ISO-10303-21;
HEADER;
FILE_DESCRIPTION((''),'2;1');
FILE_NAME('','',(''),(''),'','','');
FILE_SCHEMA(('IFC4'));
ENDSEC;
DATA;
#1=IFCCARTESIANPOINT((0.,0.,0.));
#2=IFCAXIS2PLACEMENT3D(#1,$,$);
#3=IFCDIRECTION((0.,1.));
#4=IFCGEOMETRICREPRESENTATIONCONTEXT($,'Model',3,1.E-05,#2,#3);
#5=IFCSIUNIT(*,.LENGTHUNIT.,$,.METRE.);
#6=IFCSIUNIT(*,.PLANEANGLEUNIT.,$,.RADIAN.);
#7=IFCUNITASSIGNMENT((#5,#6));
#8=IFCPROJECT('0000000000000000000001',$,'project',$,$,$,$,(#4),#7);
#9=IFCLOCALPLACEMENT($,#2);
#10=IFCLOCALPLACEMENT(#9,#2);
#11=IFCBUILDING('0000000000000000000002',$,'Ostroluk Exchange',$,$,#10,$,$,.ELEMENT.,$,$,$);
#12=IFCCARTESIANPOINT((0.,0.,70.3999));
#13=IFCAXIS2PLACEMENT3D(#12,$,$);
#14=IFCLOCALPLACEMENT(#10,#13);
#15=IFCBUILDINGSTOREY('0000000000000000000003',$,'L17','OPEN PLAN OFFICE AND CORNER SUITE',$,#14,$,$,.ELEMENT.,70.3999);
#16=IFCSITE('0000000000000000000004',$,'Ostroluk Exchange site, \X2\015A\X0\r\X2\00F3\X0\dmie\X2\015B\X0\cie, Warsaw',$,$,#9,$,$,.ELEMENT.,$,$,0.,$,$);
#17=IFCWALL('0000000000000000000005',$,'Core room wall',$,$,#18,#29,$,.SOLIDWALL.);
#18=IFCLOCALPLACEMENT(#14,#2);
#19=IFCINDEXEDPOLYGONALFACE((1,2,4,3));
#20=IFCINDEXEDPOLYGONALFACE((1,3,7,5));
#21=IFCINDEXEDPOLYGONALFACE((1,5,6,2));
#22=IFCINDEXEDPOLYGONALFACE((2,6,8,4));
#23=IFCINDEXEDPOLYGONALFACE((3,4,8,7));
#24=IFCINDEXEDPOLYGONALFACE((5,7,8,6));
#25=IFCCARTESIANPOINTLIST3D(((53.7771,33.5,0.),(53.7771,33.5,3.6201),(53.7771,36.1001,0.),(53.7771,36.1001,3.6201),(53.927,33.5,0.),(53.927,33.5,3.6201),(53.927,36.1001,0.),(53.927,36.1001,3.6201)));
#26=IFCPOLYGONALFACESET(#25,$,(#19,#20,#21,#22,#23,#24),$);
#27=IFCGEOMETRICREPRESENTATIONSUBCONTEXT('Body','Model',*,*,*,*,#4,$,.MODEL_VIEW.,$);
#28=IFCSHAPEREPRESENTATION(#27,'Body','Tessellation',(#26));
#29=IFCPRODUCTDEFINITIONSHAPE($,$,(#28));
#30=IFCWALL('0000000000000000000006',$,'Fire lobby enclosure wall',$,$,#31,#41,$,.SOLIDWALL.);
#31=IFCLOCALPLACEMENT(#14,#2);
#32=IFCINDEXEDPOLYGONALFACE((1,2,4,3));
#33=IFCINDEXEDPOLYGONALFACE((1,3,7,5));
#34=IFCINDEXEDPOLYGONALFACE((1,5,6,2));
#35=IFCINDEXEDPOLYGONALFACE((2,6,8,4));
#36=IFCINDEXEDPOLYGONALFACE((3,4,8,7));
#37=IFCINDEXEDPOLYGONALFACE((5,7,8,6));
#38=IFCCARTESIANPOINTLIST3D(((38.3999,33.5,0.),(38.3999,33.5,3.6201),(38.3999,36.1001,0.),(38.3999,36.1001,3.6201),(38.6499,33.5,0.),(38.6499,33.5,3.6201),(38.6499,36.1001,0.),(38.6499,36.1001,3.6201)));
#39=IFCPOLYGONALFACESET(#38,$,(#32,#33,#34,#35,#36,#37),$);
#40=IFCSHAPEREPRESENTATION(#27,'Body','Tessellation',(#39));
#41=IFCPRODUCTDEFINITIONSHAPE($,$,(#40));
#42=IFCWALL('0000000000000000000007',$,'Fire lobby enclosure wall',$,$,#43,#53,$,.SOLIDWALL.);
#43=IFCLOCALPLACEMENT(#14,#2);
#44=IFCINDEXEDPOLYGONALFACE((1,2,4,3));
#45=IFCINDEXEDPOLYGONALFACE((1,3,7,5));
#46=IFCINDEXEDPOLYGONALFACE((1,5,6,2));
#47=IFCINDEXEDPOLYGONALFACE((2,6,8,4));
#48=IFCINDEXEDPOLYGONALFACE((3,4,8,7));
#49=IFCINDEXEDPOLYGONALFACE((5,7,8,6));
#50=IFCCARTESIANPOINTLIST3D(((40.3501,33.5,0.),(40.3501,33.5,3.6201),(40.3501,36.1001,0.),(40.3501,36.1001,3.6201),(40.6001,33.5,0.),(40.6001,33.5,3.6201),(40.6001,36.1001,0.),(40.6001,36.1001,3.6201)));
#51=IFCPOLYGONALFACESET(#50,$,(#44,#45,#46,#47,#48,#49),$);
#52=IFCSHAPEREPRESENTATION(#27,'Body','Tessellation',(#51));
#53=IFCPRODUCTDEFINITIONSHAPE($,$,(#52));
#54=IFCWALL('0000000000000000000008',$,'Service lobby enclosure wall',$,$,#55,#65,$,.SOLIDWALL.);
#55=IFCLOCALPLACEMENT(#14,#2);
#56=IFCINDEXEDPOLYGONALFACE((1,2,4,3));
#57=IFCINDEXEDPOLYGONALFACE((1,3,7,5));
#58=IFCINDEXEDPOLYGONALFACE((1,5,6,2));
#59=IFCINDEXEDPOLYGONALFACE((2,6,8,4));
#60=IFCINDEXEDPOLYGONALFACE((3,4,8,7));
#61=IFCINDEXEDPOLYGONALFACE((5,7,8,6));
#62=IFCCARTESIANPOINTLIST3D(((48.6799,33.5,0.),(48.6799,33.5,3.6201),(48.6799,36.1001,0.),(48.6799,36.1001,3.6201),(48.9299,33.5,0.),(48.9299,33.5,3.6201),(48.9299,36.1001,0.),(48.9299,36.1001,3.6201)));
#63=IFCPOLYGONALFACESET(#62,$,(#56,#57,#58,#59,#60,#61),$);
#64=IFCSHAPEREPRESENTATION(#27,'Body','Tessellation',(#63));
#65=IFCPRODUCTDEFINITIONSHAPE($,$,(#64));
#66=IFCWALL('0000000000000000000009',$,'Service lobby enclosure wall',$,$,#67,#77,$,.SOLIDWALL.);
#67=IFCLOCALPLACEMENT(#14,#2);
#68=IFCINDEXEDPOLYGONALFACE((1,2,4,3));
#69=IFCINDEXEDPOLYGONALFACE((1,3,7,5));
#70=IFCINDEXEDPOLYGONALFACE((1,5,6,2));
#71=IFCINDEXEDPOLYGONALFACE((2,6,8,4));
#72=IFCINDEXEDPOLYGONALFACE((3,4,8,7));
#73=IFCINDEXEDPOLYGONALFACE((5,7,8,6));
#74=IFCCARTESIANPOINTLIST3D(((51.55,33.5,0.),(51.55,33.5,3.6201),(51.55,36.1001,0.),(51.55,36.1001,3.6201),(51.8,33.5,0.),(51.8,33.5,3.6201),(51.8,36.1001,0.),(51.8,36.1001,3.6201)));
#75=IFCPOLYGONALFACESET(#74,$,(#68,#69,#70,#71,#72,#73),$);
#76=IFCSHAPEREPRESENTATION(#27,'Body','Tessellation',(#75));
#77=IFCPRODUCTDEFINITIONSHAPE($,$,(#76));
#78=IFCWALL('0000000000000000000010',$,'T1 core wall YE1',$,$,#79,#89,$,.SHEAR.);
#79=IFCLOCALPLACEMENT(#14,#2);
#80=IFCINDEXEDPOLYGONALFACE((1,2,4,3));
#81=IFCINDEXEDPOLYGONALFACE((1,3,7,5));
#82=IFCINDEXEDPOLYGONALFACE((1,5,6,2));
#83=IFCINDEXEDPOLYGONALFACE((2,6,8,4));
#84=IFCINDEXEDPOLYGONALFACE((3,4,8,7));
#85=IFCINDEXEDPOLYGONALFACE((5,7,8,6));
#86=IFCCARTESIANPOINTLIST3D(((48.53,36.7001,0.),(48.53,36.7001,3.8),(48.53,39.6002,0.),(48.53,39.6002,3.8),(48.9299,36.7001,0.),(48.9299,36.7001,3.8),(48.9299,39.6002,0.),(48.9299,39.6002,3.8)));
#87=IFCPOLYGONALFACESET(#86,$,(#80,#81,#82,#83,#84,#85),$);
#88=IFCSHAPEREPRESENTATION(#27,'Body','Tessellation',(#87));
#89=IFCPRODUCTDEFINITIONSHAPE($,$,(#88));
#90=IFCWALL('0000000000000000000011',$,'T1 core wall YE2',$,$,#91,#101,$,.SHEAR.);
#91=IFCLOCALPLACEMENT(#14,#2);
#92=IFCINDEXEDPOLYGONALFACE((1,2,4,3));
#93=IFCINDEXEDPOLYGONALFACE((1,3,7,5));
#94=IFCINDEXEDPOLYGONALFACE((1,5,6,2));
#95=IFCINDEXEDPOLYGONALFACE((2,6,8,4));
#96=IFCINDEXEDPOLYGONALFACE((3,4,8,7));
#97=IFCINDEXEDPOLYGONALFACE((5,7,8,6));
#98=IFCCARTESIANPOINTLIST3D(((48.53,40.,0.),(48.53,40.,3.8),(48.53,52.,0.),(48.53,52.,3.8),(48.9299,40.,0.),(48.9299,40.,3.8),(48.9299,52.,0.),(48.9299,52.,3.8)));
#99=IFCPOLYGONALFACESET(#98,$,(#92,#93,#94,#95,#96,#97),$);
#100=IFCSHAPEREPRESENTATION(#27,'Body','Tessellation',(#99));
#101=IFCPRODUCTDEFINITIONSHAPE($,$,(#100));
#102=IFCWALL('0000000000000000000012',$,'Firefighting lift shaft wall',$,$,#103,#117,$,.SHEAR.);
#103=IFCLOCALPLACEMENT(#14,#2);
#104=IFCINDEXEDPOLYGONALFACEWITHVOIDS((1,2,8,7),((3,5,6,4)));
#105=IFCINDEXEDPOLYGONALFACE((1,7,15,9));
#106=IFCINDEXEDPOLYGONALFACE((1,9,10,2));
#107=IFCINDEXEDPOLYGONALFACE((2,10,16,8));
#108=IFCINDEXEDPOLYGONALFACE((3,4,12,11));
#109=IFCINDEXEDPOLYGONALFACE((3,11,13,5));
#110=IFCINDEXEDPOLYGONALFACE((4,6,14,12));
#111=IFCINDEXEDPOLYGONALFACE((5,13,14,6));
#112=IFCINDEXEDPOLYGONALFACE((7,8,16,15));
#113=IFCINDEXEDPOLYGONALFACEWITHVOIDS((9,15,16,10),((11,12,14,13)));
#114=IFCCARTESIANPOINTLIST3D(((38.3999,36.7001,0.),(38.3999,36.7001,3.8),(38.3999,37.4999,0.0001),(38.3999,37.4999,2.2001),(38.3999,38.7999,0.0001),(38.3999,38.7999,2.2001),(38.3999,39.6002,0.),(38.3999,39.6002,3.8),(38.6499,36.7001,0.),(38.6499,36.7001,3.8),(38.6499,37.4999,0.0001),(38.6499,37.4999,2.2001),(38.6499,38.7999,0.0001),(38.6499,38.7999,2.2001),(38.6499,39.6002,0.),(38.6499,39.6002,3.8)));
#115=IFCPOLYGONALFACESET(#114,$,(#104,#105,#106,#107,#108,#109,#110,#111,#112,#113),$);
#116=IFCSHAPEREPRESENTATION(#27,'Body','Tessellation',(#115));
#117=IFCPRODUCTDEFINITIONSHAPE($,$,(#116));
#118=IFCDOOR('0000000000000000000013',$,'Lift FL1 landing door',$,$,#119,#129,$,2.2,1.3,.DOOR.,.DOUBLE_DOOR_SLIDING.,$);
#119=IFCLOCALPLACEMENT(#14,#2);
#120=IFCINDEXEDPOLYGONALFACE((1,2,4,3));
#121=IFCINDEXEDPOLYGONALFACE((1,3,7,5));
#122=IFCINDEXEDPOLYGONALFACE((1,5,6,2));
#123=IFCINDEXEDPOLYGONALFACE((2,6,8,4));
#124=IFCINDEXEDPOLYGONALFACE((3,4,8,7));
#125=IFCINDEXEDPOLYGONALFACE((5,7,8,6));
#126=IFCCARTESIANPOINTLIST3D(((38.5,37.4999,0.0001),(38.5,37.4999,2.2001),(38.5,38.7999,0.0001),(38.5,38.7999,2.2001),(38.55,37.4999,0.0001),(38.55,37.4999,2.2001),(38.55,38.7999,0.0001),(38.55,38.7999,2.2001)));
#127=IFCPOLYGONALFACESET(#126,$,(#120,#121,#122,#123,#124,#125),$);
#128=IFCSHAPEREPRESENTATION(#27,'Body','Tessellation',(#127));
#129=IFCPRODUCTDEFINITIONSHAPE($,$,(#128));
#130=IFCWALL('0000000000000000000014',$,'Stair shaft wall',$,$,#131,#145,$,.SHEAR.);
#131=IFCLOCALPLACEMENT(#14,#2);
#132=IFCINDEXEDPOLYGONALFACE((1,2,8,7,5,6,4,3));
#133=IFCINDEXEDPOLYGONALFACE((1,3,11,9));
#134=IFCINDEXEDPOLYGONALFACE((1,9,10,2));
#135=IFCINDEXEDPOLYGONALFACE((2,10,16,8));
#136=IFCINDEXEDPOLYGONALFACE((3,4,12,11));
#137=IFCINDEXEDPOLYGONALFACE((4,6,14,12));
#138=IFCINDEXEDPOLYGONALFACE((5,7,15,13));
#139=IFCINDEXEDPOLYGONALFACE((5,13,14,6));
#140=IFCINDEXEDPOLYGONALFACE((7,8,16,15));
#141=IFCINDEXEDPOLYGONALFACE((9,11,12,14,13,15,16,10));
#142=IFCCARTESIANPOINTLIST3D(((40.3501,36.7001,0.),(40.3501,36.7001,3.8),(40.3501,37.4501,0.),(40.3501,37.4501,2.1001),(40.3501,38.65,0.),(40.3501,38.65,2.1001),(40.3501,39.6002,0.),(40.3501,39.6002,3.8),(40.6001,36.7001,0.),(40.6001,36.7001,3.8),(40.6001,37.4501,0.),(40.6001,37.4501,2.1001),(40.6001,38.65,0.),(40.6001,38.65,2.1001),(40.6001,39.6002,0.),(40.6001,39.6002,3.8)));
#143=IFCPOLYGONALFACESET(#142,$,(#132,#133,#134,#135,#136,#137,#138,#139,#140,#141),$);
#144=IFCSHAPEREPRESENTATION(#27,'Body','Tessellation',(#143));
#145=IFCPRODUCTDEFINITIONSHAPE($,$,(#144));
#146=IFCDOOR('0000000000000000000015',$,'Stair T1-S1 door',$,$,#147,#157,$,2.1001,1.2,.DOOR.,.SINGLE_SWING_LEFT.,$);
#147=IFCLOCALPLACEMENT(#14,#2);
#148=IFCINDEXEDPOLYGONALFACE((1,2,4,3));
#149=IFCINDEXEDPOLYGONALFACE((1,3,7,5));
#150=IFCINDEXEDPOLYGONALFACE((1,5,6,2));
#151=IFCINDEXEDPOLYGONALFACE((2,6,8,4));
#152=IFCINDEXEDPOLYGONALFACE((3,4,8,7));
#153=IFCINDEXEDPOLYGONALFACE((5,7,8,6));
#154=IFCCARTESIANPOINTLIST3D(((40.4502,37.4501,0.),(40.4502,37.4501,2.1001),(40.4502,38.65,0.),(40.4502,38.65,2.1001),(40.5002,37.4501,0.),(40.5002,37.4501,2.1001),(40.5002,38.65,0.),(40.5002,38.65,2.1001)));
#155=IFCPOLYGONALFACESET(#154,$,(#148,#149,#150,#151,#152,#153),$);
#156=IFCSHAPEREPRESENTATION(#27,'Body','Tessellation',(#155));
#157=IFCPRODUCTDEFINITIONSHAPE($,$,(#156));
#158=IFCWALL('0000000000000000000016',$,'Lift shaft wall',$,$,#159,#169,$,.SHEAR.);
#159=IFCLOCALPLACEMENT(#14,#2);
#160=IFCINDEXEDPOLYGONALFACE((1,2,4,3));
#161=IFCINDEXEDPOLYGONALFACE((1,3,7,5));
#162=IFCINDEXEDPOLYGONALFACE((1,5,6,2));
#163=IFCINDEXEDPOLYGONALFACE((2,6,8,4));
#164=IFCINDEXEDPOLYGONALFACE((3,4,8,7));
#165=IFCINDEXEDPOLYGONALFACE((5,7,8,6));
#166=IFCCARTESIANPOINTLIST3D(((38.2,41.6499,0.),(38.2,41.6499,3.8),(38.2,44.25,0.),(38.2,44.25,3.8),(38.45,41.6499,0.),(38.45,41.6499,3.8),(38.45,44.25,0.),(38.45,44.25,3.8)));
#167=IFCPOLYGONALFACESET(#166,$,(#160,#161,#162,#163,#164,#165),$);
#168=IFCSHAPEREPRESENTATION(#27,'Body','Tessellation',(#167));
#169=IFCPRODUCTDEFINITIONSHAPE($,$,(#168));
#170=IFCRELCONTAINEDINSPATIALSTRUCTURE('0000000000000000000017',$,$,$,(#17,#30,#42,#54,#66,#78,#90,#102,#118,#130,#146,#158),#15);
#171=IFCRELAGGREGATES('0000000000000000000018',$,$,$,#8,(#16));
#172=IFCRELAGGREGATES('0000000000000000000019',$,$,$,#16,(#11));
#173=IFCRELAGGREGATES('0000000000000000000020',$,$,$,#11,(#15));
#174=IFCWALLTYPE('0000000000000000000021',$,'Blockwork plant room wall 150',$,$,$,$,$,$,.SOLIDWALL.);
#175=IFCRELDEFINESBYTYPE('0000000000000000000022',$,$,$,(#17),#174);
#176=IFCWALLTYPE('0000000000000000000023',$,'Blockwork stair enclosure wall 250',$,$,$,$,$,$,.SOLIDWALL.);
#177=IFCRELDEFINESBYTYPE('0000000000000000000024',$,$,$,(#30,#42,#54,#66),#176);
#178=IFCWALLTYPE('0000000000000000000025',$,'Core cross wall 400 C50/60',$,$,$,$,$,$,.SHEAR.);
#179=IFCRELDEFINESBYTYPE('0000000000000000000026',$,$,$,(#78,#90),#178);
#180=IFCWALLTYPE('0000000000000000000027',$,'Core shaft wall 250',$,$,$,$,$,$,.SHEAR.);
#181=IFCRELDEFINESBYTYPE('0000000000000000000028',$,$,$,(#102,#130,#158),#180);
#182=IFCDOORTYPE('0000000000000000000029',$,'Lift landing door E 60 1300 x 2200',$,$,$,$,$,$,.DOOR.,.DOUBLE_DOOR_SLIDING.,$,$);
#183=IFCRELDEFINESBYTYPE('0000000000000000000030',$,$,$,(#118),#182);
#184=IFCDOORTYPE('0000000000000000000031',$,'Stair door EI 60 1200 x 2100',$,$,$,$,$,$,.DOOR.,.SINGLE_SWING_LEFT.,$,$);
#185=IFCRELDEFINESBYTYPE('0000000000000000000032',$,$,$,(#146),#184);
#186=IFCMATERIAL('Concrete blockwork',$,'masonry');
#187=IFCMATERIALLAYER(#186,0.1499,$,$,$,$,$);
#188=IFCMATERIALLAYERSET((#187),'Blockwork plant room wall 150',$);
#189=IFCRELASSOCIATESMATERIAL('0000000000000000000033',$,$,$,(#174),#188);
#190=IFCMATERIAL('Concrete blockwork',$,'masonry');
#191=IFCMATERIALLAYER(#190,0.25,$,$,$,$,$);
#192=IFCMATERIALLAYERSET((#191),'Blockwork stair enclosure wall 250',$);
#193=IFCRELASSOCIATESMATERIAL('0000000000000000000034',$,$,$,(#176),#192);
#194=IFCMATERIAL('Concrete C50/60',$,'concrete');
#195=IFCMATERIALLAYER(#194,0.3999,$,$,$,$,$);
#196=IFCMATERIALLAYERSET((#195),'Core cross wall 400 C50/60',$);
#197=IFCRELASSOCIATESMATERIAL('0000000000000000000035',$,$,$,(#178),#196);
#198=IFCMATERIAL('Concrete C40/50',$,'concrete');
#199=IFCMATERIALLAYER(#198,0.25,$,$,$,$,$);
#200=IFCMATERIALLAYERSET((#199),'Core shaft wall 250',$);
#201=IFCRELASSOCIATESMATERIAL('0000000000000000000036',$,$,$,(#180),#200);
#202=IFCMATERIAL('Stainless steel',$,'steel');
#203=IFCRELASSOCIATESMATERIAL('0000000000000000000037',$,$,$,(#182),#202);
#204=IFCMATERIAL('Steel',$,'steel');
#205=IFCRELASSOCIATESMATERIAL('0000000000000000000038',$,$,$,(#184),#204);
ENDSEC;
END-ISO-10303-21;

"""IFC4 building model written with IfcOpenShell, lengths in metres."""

from ifc_helpers import new_model, si_unit, direction, frame, frame_2d, origin, place, context, subcontext, project, spatial, rectangle, extrude, material, layer, layer_set, type_object, element, fill, save


model = new_model("IFC4")

# Units and contexts
model_context = context("Model", 3, precision=1e-05, world=origin(), true_north=direction((0.0, 1.0)))
body_context = subcontext(model_context, "Body", "Model", "MODEL_VIEW")
ifc_project = project(units=[si_unit("LENGTHUNIT", "METRE"), si_unit("PLANEANGLEUNIT", "RADIAN")], contexts=[model_context])

# Site, building, storey
site_placement = place(None, origin())
site = spatial("IfcSite", under=ifc_project, at=site_placement, Name="Ostroluk Exchange site, Śródmieście, Warsaw", CompositionType="ELEMENT", RefElevation=0.0)
building_placement = place(site_placement, origin())
building = spatial("IfcBuilding", under=site, at=building_placement, Name="Ostroluk Exchange", CompositionType="ELEMENT")
storey_placement = place(building_placement, frame((0.0, 0.0, 70.3999)))
storey = spatial("IfcBuildingStorey", under=building, at=storey_placement, Name="L17", Description="OPEN PLAN OFFICE AND CORNER SUITE", CompositionType="ELEMENT", Elevation=70.3999)

# Walls
ifc_material_1 = material(Name="Concrete blockwork", Category="masonry")
ifc_layer_1 = layer(ifc_material_1, 0.1499)
ifc_layer_set_1 = layer_set([ifc_layer_1], Name="Blockwork plant room wall 150")
wall_type_1 = type_object("IfcWallType", Name="Blockwork plant room wall 150", PredefinedType="SOLIDWALL", material=ifc_layer_set_1)
wall_1_placement = place(storey_placement, frame((53.8521, 33.5, 0.0), z_axis=(0.0, 0.0, 1.0), x_axis=(0.0, 1.0, 0.0)))
element("IfcWall", 1, at=wall_1_placement, inside=storey, type_object=wall_type_1, Name="Core room wall", PredefinedType="SOLIDWALL", context=body_context, shape_type="SweptSolid", body=[
    extrude(rectangle(XDim=2.6001, YDim=0.1499, at=frame_2d((1.3, 0.0))), origin(), (0.0, 0.0, 1.0), 3.6201),
])
ifc_material_2 = material(Name="Concrete blockwork", Category="masonry")
ifc_layer_2 = layer(ifc_material_2, 0.25)
ifc_layer_set_2 = layer_set([ifc_layer_2], Name="Blockwork stair enclosure wall 250")
wall_type_2 = type_object("IfcWallType", Name="Blockwork stair enclosure wall 250", PredefinedType="SOLIDWALL", material=ifc_layer_set_2)
for number, where, z_axis, x_axis, name in (
    (2, (38.5249, 33.5, 0.0), (0.0, 0.0, 1.0), (0.0, 1.0, 0.0), "Fire lobby enclosure wall"),
    (3, (40.4751, 33.5, 0.0), (0.0, 0.0, 1.0), (0.0, 1.0, 0.0), "Fire lobby enclosure wall"),
    (4, (48.8049, 33.5, 0.0), (0.0, 0.0, 1.0), (0.0, 1.0, 0.0), "Service lobby enclosure wall"),
    (5, (51.675, 33.5, 0.0), (0.0, 0.0, 1.0), (0.0, 1.0, 0.0), "Service lobby enclosure wall"),
):
    element("IfcWall", number, at=place(storey_placement, frame(where, z_axis=z_axis, x_axis=x_axis)), inside=storey, type_object=wall_type_2, Name=name, PredefinedType="SOLIDWALL", context=body_context, shape_type="SweptSolid", body=[
        extrude(rectangle(XDim=2.6001, YDim=0.25, at=frame_2d((1.3, 0.0))), origin(), (0.0, 0.0, 1.0), 3.6201),
    ])
ifc_material_3 = material(Name="Concrete C50/60", Category="concrete")
ifc_layer_3 = layer(ifc_material_3, 0.3999)
ifc_layer_set_3 = layer_set([ifc_layer_3], Name="Core cross wall 400 C50/60")
wall_type_3 = type_object("IfcWallType", Name="Core cross wall 400 C50/60", PredefinedType="SHEAR", material=ifc_layer_set_3)
wall_2_placement = place(storey_placement, frame((48.73, 36.7, 0.0), z_axis=(0.0, 0.0, 1.0), x_axis=(0.0, 1.0, 0.0)))
element("IfcWall", 6, at=wall_2_placement, inside=storey, type_object=wall_type_3, Name="T1 core wall YE1", PredefinedType="SHEAR", context=body_context, shape_type="SweptSolid", body=[
    extrude(rectangle(XDim=2.9001, YDim=0.3999, at=frame_2d((1.4502, 0.0))), origin(), (0.0, 0.0, 1.0), 3.8),
])
wall_3_placement = place(storey_placement, frame((48.73, 40.0, 0.0), z_axis=(0.0, 0.0, 1.0), x_axis=(0.0, 1.0, 0.0)))
element("IfcWall", 7, at=wall_3_placement, inside=storey, type_object=wall_type_3, Name="T1 core wall YE2", PredefinedType="SHEAR", context=body_context, shape_type="SweptSolid", body=[
    extrude(rectangle(XDim=12.0, YDim=0.3999, at=frame_2d((6.0, 0.0))), origin(), (0.0, 0.0, 1.0), 3.8),
])

# Walls, openings, doors
ifc_material_4 = material(Name="Concrete C40/50", Category="concrete")
ifc_layer_4 = layer(ifc_material_4, 0.25)
ifc_layer_set_4 = layer_set([ifc_layer_4], Name="Core shaft wall 250")
wall_type_4 = type_object("IfcWallType", Name="Core shaft wall 250", PredefinedType="SHEAR", material=ifc_layer_set_4)
wall_4_placement = place(storey_placement, frame((38.5249, 36.7, 0.0), z_axis=(0.0, 0.0, 1.0), x_axis=(0.0, 1.0, 0.0)))
wall_4 = element("IfcWall", 8, at=wall_4_placement, inside=storey, type_object=wall_type_4, Name="Firefighting lift shaft wall", PredefinedType="SHEAR", context=body_context, shape_type="SweptSolid", body=[
    extrude(rectangle(XDim=2.9001, YDim=0.25, at=frame_2d((1.4502, 0.0))), origin(), (0.0, 0.0, 1.0), 3.8),
])
opening_1_placement = place(wall_4_placement, frame((0.8, 0.0, 0.0)))
opening_1 = element("IfcOpeningElement", 9, at=opening_1_placement, cuts=wall_4, PredefinedType="OPENING", context=body_context, shape_type="SweptSolid", body=[
    extrude(rectangle(XDim=1.3, YDim=2.2, at=frame_2d((0.6499, 1.1001))), frame((0.0, 0.135, 0.0), z_axis=(0.0, -1.0, 0.0), x_axis=(1.0, 0.0, 0.0)), (0.0, 0.0, 1.0), 0.27),
])
ifc_material_5 = material(Name="Stainless steel", Category="steel")
door_type_1 = type_object("IfcDoorType", Name="Lift landing door E 60 1300 x 2200", OperationType="DOUBLE_DOOR_SLIDING", PredefinedType="DOOR", material=ifc_material_5)
door_1_placement = place(opening_1_placement, origin())
door_1 = element("IfcDoor", 10, at=door_1_placement, inside=storey, type_object=door_type_1, Name="Lift FL1 landing door", OperationType="DOUBLE_DOOR_SLIDING", OverallHeight=2.2, OverallWidth=1.3, PredefinedType="DOOR", context=body_context, shape_type="SweptSolid", body=[
    extrude(rectangle(XDim=1.3, YDim=2.2, at=frame_2d((0.6499, 1.1001))), frame((0.0, 0.0249, 0.0), z_axis=(0.0, -1.0, 0.0), x_axis=(1.0, 0.0, 0.0)), (0.0, 0.0, 1.0), 0.05),
])
fill(opening_1, door_1)
wall_5_placement = place(storey_placement, frame((40.4751, 36.7, 0.0), z_axis=(0.0, 0.0, 1.0), x_axis=(0.0, 1.0, 0.0)))
wall_5 = element("IfcWall", 11, at=wall_5_placement, inside=storey, type_object=wall_type_4, Name="Stair shaft wall", PredefinedType="SHEAR", context=body_context, shape_type="SweptSolid", body=[
    extrude(rectangle(XDim=2.9001, YDim=0.25, at=frame_2d((1.4502, 0.0))), origin(), (0.0, 0.0, 1.0), 3.8),
])
opening_2_placement = place(wall_5_placement, frame((0.75, 0.0, 0.0)))
opening_2 = element("IfcOpeningElement", 12, at=opening_2_placement, cuts=wall_5, PredefinedType="OPENING", context=body_context, shape_type="SweptSolid", body=[
    extrude(rectangle(XDim=1.2, YDim=2.1001, at=frame_2d((0.6001, 1.05))), frame((0.0, 0.135, 0.0), z_axis=(0.0, -1.0, 0.0), x_axis=(1.0, 0.0, 0.0)), (0.0, 0.0, 1.0), 0.27),
])
ifc_material_6 = material(Name="Steel", Category="steel")
door_type_2 = type_object("IfcDoorType", Name="Stair door EI 60 1200 x 2100", OperationType="SINGLE_SWING_LEFT", PredefinedType="DOOR", material=ifc_material_6)
door_2_placement = place(opening_2_placement, origin())
door_2 = element("IfcDoor", 13, at=door_2_placement, inside=storey, type_object=door_type_2, Name="Stair T1-S1 door", OperationType="SINGLE_SWING_LEFT", OverallHeight=2.1001, OverallWidth=1.2, PredefinedType="DOOR", context=body_context, shape_type="SweptSolid", body=[
    extrude(rectangle(XDim=1.2, YDim=2.1001, at=frame_2d((0.6001, 1.05))), frame((0.0, 0.0249, 0.0), z_axis=(0.0, -1.0, 0.0), x_axis=(1.0, 0.0, 0.0)), (0.0, 0.0, 1.0), 0.05),
])
fill(opening_2, door_2)

# Wall
wall_6_placement = place(storey_placement, frame((38.325, 44.25, 0.0), z_axis=(0.0, 0.0, 1.0), x_axis=(0.0, -1.0, 0.0)))
element("IfcWall", 14, at=wall_6_placement, inside=storey, type_object=wall_type_4, Name="Lift shaft wall", PredefinedType="SHEAR", context=body_context, shape_type="SweptSolid", body=[
    extrude(rectangle(XDim=2.6001, YDim=0.25, at=frame_2d((1.3, 0.0))), origin(), (0.0, 0.0, 1.0), 3.8),
])

save(model, "model.ifc")
